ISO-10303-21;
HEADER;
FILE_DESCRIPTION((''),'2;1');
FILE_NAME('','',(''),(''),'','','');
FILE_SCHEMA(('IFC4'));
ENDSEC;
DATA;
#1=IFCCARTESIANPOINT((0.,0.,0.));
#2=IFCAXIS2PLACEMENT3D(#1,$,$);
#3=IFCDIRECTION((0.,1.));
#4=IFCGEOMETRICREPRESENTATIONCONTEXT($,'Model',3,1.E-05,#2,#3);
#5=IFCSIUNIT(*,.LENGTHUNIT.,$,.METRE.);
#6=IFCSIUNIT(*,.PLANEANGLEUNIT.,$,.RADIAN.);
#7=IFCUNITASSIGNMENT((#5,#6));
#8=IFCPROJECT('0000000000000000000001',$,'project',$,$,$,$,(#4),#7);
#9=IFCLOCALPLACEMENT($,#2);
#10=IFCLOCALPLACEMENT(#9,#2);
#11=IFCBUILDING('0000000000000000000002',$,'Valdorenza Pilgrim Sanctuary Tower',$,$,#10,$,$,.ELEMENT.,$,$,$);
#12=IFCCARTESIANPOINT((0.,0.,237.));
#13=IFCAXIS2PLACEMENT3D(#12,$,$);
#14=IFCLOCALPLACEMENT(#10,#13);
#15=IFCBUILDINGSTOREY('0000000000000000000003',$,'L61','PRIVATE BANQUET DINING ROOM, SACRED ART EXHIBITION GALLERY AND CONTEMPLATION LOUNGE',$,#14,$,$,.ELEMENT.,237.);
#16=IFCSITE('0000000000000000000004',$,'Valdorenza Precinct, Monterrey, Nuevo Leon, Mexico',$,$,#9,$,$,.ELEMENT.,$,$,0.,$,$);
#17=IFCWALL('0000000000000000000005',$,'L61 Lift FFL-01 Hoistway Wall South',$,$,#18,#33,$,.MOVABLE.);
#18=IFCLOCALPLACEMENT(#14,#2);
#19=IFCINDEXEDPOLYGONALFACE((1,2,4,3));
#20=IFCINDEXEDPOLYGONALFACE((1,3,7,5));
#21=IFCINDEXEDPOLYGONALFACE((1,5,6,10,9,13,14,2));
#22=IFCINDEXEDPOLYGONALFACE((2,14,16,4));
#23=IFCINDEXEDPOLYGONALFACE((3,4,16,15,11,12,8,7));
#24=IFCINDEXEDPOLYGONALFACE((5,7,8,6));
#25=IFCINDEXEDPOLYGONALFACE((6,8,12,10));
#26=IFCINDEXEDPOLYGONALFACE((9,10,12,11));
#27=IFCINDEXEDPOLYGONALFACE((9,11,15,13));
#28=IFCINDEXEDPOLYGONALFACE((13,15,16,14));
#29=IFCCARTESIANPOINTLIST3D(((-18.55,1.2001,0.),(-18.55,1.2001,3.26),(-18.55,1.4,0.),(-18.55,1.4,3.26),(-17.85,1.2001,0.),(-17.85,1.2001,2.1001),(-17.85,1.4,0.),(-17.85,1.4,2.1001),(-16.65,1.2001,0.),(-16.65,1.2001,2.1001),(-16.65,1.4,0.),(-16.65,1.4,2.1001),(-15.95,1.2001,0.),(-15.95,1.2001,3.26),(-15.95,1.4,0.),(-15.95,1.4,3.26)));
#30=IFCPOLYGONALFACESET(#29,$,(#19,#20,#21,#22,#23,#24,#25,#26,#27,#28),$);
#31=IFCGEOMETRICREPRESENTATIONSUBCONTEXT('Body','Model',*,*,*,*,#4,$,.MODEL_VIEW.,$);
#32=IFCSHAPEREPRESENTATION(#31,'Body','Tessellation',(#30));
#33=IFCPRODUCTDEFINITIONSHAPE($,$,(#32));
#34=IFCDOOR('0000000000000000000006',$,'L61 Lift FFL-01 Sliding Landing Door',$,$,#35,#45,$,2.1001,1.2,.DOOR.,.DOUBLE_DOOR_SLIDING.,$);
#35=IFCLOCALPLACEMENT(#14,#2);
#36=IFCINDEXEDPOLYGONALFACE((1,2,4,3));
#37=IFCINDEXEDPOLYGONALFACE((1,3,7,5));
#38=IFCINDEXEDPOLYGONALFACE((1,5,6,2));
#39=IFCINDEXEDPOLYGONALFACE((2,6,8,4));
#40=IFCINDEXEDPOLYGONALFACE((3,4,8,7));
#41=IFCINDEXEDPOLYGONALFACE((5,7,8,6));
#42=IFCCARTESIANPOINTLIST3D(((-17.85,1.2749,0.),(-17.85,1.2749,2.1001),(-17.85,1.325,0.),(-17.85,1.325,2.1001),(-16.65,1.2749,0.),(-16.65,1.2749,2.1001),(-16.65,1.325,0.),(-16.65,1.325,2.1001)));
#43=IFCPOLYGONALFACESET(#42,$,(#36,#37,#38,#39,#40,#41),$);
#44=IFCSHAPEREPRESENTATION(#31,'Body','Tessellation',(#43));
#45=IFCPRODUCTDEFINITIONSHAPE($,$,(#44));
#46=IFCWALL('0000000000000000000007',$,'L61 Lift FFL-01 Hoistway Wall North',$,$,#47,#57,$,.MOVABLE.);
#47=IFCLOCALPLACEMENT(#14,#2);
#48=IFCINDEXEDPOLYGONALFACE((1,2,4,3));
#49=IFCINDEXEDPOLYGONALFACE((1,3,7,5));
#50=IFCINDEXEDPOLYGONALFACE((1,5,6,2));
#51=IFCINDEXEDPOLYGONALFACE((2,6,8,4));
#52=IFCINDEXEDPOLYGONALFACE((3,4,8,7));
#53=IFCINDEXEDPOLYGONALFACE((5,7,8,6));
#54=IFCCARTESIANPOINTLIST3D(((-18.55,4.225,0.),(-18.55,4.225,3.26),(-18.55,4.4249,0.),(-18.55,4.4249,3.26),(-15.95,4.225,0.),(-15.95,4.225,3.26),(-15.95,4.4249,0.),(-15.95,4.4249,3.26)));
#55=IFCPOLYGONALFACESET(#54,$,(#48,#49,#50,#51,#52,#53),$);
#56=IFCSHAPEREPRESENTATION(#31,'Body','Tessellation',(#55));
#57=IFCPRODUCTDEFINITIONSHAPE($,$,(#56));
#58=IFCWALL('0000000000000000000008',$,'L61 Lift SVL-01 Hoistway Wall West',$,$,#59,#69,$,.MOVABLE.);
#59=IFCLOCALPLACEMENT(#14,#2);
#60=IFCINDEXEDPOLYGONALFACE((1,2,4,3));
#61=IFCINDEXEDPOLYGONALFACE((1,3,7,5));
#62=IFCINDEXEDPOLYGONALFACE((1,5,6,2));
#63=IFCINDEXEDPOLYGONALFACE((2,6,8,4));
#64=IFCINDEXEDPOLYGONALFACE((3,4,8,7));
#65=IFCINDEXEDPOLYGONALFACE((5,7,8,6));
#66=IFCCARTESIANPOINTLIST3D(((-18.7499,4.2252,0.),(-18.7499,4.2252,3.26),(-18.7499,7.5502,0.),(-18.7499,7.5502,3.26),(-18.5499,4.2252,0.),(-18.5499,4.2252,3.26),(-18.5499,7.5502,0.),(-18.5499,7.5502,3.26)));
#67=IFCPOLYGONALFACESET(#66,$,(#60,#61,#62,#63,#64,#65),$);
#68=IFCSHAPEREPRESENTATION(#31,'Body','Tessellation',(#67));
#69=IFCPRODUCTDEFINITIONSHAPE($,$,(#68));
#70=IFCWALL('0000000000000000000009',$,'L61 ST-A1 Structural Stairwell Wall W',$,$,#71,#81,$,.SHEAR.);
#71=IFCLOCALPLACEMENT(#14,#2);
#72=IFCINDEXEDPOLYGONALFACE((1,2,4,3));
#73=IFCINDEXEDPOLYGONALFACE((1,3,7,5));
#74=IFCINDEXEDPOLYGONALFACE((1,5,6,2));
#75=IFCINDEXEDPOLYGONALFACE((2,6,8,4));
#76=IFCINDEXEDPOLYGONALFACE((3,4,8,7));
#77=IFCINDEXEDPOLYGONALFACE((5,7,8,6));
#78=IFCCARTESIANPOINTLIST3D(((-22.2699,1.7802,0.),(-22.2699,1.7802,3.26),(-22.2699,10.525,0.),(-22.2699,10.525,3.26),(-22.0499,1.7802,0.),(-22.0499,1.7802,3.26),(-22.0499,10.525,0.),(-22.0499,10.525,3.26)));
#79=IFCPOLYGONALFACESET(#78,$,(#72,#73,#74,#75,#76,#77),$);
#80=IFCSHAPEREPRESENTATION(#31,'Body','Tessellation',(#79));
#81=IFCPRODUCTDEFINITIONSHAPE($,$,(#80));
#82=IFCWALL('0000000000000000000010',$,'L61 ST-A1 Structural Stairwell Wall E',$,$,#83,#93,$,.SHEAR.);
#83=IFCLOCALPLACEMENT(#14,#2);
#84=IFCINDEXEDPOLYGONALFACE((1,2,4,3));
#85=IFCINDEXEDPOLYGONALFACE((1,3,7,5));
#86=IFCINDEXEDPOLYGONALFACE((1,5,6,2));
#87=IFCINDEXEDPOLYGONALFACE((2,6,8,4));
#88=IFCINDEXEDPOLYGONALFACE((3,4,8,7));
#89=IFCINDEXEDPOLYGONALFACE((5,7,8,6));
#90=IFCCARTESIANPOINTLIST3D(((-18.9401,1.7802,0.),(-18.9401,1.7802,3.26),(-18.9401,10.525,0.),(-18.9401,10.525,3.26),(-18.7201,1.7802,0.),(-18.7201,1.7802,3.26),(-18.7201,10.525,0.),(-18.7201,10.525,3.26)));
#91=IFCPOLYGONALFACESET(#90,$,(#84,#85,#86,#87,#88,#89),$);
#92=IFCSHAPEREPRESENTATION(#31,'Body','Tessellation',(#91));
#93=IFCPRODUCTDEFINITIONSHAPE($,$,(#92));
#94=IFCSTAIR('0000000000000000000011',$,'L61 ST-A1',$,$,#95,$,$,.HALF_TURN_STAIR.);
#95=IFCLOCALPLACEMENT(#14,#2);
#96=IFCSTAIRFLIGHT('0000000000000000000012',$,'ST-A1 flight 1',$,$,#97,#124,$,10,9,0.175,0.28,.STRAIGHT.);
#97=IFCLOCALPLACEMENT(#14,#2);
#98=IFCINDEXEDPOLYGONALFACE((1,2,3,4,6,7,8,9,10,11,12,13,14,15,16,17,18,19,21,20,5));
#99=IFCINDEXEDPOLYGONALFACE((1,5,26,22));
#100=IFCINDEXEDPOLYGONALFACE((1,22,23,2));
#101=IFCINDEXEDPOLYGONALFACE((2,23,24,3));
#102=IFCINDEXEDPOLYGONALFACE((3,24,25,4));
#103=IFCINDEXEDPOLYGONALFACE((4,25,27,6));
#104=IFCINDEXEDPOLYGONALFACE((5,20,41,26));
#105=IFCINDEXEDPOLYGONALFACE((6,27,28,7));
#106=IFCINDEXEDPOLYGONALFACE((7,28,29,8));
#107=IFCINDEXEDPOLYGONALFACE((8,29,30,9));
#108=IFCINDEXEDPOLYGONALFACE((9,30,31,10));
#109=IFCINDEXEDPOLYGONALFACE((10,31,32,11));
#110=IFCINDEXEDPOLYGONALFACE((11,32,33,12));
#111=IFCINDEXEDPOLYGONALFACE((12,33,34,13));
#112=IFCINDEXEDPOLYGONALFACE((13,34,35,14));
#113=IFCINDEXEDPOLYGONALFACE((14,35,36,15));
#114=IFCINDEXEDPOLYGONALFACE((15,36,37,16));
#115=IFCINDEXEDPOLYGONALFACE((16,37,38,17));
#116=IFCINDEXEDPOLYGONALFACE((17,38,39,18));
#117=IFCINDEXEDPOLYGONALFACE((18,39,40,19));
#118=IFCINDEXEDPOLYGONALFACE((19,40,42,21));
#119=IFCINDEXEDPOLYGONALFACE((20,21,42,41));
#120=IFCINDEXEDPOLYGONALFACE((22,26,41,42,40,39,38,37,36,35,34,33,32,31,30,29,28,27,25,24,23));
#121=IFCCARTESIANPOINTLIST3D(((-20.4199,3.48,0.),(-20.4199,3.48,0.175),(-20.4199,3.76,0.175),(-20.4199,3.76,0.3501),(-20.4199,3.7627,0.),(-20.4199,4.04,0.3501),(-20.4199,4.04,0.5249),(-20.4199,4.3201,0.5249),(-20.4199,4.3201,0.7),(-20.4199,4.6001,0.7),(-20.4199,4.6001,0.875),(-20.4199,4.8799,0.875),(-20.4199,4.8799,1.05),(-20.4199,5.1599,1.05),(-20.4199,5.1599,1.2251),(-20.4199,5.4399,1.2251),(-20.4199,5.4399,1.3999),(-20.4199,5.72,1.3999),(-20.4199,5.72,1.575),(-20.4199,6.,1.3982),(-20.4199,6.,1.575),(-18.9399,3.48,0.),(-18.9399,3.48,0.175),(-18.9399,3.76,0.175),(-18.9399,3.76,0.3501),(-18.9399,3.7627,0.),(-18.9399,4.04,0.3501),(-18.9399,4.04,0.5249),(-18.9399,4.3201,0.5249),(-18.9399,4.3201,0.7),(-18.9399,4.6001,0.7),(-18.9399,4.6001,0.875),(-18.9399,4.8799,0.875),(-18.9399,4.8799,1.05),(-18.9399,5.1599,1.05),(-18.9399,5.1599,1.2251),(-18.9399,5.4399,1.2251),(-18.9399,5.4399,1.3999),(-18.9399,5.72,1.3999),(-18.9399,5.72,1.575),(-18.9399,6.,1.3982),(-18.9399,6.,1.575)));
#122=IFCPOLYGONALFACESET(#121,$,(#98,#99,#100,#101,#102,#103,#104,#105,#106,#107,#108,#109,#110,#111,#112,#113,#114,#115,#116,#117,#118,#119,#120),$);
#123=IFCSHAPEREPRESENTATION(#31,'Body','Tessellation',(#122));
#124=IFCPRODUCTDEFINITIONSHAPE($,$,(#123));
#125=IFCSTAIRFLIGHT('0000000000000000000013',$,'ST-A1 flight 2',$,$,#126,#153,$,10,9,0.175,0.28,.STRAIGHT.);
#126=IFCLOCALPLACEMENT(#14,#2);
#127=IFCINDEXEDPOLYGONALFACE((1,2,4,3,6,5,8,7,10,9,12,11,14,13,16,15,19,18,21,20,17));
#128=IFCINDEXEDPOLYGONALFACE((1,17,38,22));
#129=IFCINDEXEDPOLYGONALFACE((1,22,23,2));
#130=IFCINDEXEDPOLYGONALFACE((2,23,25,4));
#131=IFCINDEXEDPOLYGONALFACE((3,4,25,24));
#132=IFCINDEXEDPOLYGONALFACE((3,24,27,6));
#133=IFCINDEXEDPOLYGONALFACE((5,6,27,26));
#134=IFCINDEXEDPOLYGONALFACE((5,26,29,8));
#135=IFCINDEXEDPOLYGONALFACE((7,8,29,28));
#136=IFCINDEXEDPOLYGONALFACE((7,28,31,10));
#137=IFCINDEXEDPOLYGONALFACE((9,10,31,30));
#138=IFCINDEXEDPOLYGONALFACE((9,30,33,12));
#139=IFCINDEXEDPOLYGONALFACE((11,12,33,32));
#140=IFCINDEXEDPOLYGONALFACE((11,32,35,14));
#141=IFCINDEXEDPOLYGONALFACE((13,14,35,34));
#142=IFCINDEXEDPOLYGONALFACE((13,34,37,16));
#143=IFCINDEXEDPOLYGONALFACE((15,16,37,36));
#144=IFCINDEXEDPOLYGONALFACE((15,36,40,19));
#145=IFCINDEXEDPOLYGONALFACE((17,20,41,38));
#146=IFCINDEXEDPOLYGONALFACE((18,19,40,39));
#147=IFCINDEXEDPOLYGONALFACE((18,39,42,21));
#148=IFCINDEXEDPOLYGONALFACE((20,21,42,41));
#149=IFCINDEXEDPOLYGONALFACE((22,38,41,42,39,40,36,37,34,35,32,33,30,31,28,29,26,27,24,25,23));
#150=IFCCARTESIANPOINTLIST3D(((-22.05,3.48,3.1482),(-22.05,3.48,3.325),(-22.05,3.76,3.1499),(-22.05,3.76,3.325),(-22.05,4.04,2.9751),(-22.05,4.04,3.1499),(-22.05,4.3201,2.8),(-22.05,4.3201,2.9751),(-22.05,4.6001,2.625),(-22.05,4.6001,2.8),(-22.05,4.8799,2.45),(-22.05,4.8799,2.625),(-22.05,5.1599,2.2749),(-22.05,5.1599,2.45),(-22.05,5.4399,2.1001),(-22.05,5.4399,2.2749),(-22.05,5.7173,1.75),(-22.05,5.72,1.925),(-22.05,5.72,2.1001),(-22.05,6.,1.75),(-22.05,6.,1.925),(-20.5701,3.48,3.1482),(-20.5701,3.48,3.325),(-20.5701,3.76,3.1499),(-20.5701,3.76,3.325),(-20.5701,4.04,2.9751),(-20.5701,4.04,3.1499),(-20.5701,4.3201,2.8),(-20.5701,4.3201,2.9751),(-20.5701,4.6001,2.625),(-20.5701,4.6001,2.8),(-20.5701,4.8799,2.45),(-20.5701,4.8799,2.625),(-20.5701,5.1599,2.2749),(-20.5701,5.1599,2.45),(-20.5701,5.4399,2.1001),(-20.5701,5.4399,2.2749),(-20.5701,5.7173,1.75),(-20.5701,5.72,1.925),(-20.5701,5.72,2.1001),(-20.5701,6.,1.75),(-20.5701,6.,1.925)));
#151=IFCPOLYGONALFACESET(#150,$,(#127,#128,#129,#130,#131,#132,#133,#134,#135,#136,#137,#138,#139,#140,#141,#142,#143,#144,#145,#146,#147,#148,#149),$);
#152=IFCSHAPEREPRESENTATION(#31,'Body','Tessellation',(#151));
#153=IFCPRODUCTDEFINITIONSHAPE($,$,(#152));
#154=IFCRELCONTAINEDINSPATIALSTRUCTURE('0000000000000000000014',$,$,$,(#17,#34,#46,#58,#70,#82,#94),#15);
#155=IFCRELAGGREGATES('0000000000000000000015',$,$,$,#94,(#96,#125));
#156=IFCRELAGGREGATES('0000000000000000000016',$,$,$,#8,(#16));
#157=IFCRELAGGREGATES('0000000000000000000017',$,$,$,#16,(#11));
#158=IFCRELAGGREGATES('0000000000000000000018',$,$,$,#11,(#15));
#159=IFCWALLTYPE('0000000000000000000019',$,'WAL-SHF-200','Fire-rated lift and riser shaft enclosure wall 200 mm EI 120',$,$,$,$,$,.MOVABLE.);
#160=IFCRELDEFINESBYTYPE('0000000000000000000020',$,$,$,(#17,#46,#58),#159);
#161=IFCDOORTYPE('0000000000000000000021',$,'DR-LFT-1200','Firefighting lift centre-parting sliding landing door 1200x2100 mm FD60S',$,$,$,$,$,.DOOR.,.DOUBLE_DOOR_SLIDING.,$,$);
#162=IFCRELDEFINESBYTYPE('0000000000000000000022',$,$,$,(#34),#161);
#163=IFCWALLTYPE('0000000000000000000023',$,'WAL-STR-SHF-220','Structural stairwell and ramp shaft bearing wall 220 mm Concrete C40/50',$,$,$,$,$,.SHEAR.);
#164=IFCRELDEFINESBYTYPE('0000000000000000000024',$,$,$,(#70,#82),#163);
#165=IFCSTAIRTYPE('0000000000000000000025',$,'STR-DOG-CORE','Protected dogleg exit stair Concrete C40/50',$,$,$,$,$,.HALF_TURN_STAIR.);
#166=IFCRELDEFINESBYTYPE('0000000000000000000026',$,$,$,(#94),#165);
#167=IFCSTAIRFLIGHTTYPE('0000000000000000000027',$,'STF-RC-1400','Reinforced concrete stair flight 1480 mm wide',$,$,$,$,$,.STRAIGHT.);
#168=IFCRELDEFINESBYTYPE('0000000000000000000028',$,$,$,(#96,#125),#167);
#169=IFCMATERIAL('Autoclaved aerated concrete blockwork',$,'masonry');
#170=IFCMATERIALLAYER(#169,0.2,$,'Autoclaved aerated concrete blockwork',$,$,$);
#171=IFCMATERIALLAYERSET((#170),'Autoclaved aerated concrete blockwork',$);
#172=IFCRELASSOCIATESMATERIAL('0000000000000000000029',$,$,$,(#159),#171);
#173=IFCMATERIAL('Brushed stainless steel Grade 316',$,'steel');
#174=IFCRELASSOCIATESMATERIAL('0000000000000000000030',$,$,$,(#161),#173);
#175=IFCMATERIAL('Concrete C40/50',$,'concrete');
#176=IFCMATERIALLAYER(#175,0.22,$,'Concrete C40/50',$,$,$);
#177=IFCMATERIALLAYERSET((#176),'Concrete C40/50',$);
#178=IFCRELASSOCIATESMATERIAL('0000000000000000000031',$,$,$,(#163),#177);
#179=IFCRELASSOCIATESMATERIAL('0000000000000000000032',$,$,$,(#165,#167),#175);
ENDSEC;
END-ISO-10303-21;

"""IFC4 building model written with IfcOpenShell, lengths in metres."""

from ifc_helpers import new_model, si_unit, direction, frame, frame_2d, origin, place, context, subcontext, project, spatial, polyline, rectangle, outline, extrude, material, layer, layer_set, type_object, element, fill, aggregate, save


model = new_model("IFC4")

# Units and contexts
model_context = context("Model", 3, precision=1e-05, world=origin(), true_north=direction((0.0, 1.0)))
body_context = subcontext(model_context, "Body", "Model", "MODEL_VIEW")
ifc_project = project(units=[si_unit("LENGTHUNIT", "METRE"), si_unit("PLANEANGLEUNIT", "RADIAN")], contexts=[model_context])

# Site, building, storey
site_placement = place(None, origin())
site = spatial("IfcSite", under=ifc_project, at=site_placement, Name="Valdorenza Precinct, Monterrey, Nuevo Leon, Mexico", CompositionType="ELEMENT", RefElevation=0.0)
building_placement = place(site_placement, origin())
building = spatial("IfcBuilding", under=site, at=building_placement, Name="Valdorenza Pilgrim Sanctuary Tower", CompositionType="ELEMENT")
storey_placement = place(building_placement, frame((0.0, 0.0, 237.0)))
storey = spatial("IfcBuildingStorey", under=building, at=storey_placement, Name="L61", Description="PRIVATE BANQUET DINING ROOM, SACRED ART EXHIBITION GALLERY AND CONTEMPLATION LOUNGE", CompositionType="ELEMENT", Elevation=237.0)

# Shared definitions
ifc_material_1 = material(Name="Autoclaved aerated concrete blockwork", Category="masonry")
ifc_layer_1 = layer(ifc_material_1, 0.2, Name="Autoclaved aerated concrete blockwork")
ifc_layer_set_1 = layer_set([ifc_layer_1], Name="Autoclaved aerated concrete blockwork")
wall_type_1 = type_object("IfcWallType", Name="WAL-SHF-200", Description="Fire-rated lift and riser shaft enclosure wall 200 mm EI 120", PredefinedType="MOVABLE", material=ifc_layer_set_1)

# Wall, opening, door
wall_1_placement = place(storey_placement, frame((-18.55, 1.3, 0.0), z_axis=(0.0, 0.0, 1.0), x_axis=(1.0, 0.0, 0.0)))
wall_1 = element("IfcWall", 1, at=wall_1_placement, inside=storey, type_object=wall_type_1, Name="L61 Lift FFL-01 Hoistway Wall South", PredefinedType="MOVABLE", context=body_context, shape_type="SweptSolid", body=[
    extrude(rectangle(XDim=2.6001, YDim=0.2, at=frame_2d((1.3, 0.0))), origin(), (0.0, 0.0, 1.0), 3.26),
])
opening_1_placement = place(wall_1_placement, frame((0.7, 0.0, 0.0)))
opening_1 = element("IfcOpeningElement", 2, at=opening_1_placement, cuts=wall_1, PredefinedType="OPENING", context=body_context, shape_type="SweptSolid", body=[
    extrude(rectangle(XDim=1.2, YDim=2.1001, at=frame_2d((0.6001, 1.05))), frame((0.0, 0.1147, 0.0), z_axis=(0.0, -1.0, 0.0), x_axis=(1.0, 0.0, 0.0)), (0.0, 0.0, 1.0), 0.2297),
])
ifc_material_2 = material(Name="Brushed stainless steel Grade 316", Category="steel")
door_type_1 = type_object("IfcDoorType", Name="DR-LFT-1200", Description="Firefighting lift centre-parting sliding landing door 1200x2100 mm FD60S", OperationType="DOUBLE_DOOR_SLIDING", PredefinedType="DOOR", material=ifc_material_2)
door_1_placement = place(opening_1_placement, origin())
door_1 = element("IfcDoor", 3, at=door_1_placement, inside=storey, type_object=door_type_1, Name="L61 Lift FFL-01 Sliding Landing Door", OperationType="DOUBLE_DOOR_SLIDING", OverallHeight=2.1001, OverallWidth=1.2, PredefinedType="DOOR", context=body_context, shape_type="SweptSolid", body=[
    extrude(rectangle(XDim=1.2, YDim=2.1001, at=frame_2d((0.6001, 1.05))), frame((0.0, 0.0249, 0.0), z_axis=(0.0, -1.0, 0.0), x_axis=(1.0, 0.0, 0.0)), (0.0, 0.0, 1.0), 0.05),
])
fill(opening_1, door_1)

# Walls
wall_2_placement = place(storey_placement, frame((-18.55, 4.325, 0.0), z_axis=(0.0, 0.0, 1.0), x_axis=(1.0, 0.0, 0.0)))
element("IfcWall", 4, at=wall_2_placement, inside=storey, type_object=wall_type_1, Name="L61 Lift FFL-01 Hoistway Wall North", PredefinedType="MOVABLE", context=body_context, shape_type="SweptSolid", body=[
    extrude(rectangle(XDim=2.6001, YDim=0.2, at=frame_2d((1.3, 0.0))), origin(), (0.0, 0.0, 1.0), 3.26),
])
wall_3_placement = place(storey_placement, frame((-18.6499, 4.2251, 0.0), z_axis=(0.0, 0.0, 1.0), x_axis=(0.0, 1.0, 0.0)))
element("IfcWall", 5, at=wall_3_placement, inside=storey, type_object=wall_type_1, Name="L61 Lift SVL-01 Hoistway Wall West", PredefinedType="MOVABLE", context=body_context, shape_type="SweptSolid", body=[
    extrude(rectangle(XDim=3.325, YDim=0.2, at=frame_2d((1.6626, 0.0))), origin(), (0.0, 0.0, 1.0), 3.26),
])
ifc_material_3 = material(Name="Concrete C40/50", Category="concrete")
ifc_layer_2 = layer(ifc_material_3, 0.22, Name="Concrete C40/50")
ifc_layer_set_2 = layer_set([ifc_layer_2], Name="Concrete C40/50")
wall_type_2 = type_object("IfcWallType", Name="WAL-STR-SHF-220", Description="Structural stairwell and ramp shaft bearing wall 220 mm Concrete C40/50", PredefinedType="SHEAR", material=ifc_layer_set_2)
for number, where, z_axis, x_axis, name in (
    (6, (-22.1599, 1.78, 0.0), (0.0, 0.0, 1.0), (0.0, 1.0, 0.0), "L61 ST-A1 Structural Stairwell Wall W"),
    (7, (-18.8301, 1.78, 0.0), (0.0, 0.0, 1.0), (0.0, 1.0, 0.0), "L61 ST-A1 Structural Stairwell Wall E"),
):
    element("IfcWall", number, at=place(storey_placement, frame(where, z_axis=z_axis, x_axis=x_axis)), inside=storey, type_object=wall_type_2, Name=name, PredefinedType="SHEAR", context=body_context, shape_type="SweptSolid", body=[
        extrude(rectangle(XDim=8.7449, YDim=0.22, at=frame_2d((4.3726, 0.0))), origin(), (0.0, 0.0, 1.0), 3.26),
    ])

# Stair, stair flights
stair_type = type_object("IfcStairType", Name="STR-DOG-CORE", Description="Protected dogleg exit stair Concrete C40/50", PredefinedType="HALF_TURN_STAIR", material=ifc_material_3)
stair_placement = place(storey_placement, origin())
stair = element("IfcStair", 8, at=stair_placement, inside=storey, type_object=stair_type, Name="L61 ST-A1", PredefinedType="HALF_TURN_STAIR")
stair_flight_type = type_object("IfcStairFlightType", Name="STF-RC-1400", Description="Reinforced concrete stair flight 1480 mm wide", PredefinedType="STRAIGHT", material=ifc_material_3)
stair_flight_1_placement = place(storey_placement, frame((-19.6799, 3.48, 0.0), z_axis=(0.0, 0.0, 1.0), x_axis=(0.0, 1.0, 0.0)))
stair_flight_1 = element("IfcStairFlight", 9, at=stair_flight_1_placement, type_object=stair_flight_type, Name="ST-A1 flight 1", NumberOfRisers=10, NumberOfTreads=9, PredefinedType="STRAIGHT", RiserHeight=0.175, TreadLength=0.28, context=body_context, shape_type="SweptSolid", body=[
    extrude(outline(polyline([(0.0, 0.0), (0.0, 0.175), (0.28, 0.175), (0.28, 0.3501), (0.5601, 0.3501), (0.5601, 0.5249), (0.8401, 0.5249), (0.8401, 0.7), (1.1201, 0.7), (1.1201, 0.875), (1.3999, 0.875), (1.3999, 1.05), (1.6799, 1.05), (1.6799, 1.2251), (1.96, 1.2251), (1.96, 1.3999), (2.24, 1.3999), (2.24, 1.575), (2.52, 1.575), (2.52, 1.75), (2.52, 1.3982), (0.2827, 0.0), (0.0, 0.0)])), frame((0.0, 0.74, 0.0), z_axis=(0.0, -1.0, 0.0), x_axis=(1.0, 0.0, 0.0)), (0.0, 0.0, 1.0), 1.48),
])
stair_flight_2_placement = place(storey_placement, frame((-21.3101, 6.0, 1.75), z_axis=(0.0, 0.0, 1.0), x_axis=(0.0, -1.0, 0.0)))
stair_flight_2 = element("IfcStairFlight", 10, at=stair_flight_2_placement, type_object=stair_flight_type, Name="ST-A1 flight 2", NumberOfRisers=10, NumberOfTreads=9, PredefinedType="STRAIGHT", RiserHeight=0.175, TreadLength=0.28, context=body_context, shape_type="SweptSolid", body=[
    extrude(outline(polyline([(0.0, 0.0), (0.0, 0.175), (0.28, 0.175), (0.28, 0.3501), (0.5601, 0.3501), (0.5601, 0.5249), (0.8401, 0.5249), (0.8401, 0.7), (1.1201, 0.7), (1.1201, 0.875), (1.3999, 0.875), (1.3999, 1.05), (1.6799, 1.05), (1.6799, 1.2251), (1.96, 1.2251), (1.96, 1.3999), (2.24, 1.3999), (2.24, 1.575), (2.52, 1.575), (2.52, 1.75), (2.52, 1.3982), (0.2827, 0.0), (0.0, 0.0)])), frame((0.0, 0.74, 0.0), z_axis=(0.0, -1.0, 0.0), x_axis=(1.0, 0.0, 0.0)), (0.0, 0.0, 1.0), 1.48),
])
aggregate(stair, [stair_flight_1, stair_flight_2])

save(model, "model.ifc")
